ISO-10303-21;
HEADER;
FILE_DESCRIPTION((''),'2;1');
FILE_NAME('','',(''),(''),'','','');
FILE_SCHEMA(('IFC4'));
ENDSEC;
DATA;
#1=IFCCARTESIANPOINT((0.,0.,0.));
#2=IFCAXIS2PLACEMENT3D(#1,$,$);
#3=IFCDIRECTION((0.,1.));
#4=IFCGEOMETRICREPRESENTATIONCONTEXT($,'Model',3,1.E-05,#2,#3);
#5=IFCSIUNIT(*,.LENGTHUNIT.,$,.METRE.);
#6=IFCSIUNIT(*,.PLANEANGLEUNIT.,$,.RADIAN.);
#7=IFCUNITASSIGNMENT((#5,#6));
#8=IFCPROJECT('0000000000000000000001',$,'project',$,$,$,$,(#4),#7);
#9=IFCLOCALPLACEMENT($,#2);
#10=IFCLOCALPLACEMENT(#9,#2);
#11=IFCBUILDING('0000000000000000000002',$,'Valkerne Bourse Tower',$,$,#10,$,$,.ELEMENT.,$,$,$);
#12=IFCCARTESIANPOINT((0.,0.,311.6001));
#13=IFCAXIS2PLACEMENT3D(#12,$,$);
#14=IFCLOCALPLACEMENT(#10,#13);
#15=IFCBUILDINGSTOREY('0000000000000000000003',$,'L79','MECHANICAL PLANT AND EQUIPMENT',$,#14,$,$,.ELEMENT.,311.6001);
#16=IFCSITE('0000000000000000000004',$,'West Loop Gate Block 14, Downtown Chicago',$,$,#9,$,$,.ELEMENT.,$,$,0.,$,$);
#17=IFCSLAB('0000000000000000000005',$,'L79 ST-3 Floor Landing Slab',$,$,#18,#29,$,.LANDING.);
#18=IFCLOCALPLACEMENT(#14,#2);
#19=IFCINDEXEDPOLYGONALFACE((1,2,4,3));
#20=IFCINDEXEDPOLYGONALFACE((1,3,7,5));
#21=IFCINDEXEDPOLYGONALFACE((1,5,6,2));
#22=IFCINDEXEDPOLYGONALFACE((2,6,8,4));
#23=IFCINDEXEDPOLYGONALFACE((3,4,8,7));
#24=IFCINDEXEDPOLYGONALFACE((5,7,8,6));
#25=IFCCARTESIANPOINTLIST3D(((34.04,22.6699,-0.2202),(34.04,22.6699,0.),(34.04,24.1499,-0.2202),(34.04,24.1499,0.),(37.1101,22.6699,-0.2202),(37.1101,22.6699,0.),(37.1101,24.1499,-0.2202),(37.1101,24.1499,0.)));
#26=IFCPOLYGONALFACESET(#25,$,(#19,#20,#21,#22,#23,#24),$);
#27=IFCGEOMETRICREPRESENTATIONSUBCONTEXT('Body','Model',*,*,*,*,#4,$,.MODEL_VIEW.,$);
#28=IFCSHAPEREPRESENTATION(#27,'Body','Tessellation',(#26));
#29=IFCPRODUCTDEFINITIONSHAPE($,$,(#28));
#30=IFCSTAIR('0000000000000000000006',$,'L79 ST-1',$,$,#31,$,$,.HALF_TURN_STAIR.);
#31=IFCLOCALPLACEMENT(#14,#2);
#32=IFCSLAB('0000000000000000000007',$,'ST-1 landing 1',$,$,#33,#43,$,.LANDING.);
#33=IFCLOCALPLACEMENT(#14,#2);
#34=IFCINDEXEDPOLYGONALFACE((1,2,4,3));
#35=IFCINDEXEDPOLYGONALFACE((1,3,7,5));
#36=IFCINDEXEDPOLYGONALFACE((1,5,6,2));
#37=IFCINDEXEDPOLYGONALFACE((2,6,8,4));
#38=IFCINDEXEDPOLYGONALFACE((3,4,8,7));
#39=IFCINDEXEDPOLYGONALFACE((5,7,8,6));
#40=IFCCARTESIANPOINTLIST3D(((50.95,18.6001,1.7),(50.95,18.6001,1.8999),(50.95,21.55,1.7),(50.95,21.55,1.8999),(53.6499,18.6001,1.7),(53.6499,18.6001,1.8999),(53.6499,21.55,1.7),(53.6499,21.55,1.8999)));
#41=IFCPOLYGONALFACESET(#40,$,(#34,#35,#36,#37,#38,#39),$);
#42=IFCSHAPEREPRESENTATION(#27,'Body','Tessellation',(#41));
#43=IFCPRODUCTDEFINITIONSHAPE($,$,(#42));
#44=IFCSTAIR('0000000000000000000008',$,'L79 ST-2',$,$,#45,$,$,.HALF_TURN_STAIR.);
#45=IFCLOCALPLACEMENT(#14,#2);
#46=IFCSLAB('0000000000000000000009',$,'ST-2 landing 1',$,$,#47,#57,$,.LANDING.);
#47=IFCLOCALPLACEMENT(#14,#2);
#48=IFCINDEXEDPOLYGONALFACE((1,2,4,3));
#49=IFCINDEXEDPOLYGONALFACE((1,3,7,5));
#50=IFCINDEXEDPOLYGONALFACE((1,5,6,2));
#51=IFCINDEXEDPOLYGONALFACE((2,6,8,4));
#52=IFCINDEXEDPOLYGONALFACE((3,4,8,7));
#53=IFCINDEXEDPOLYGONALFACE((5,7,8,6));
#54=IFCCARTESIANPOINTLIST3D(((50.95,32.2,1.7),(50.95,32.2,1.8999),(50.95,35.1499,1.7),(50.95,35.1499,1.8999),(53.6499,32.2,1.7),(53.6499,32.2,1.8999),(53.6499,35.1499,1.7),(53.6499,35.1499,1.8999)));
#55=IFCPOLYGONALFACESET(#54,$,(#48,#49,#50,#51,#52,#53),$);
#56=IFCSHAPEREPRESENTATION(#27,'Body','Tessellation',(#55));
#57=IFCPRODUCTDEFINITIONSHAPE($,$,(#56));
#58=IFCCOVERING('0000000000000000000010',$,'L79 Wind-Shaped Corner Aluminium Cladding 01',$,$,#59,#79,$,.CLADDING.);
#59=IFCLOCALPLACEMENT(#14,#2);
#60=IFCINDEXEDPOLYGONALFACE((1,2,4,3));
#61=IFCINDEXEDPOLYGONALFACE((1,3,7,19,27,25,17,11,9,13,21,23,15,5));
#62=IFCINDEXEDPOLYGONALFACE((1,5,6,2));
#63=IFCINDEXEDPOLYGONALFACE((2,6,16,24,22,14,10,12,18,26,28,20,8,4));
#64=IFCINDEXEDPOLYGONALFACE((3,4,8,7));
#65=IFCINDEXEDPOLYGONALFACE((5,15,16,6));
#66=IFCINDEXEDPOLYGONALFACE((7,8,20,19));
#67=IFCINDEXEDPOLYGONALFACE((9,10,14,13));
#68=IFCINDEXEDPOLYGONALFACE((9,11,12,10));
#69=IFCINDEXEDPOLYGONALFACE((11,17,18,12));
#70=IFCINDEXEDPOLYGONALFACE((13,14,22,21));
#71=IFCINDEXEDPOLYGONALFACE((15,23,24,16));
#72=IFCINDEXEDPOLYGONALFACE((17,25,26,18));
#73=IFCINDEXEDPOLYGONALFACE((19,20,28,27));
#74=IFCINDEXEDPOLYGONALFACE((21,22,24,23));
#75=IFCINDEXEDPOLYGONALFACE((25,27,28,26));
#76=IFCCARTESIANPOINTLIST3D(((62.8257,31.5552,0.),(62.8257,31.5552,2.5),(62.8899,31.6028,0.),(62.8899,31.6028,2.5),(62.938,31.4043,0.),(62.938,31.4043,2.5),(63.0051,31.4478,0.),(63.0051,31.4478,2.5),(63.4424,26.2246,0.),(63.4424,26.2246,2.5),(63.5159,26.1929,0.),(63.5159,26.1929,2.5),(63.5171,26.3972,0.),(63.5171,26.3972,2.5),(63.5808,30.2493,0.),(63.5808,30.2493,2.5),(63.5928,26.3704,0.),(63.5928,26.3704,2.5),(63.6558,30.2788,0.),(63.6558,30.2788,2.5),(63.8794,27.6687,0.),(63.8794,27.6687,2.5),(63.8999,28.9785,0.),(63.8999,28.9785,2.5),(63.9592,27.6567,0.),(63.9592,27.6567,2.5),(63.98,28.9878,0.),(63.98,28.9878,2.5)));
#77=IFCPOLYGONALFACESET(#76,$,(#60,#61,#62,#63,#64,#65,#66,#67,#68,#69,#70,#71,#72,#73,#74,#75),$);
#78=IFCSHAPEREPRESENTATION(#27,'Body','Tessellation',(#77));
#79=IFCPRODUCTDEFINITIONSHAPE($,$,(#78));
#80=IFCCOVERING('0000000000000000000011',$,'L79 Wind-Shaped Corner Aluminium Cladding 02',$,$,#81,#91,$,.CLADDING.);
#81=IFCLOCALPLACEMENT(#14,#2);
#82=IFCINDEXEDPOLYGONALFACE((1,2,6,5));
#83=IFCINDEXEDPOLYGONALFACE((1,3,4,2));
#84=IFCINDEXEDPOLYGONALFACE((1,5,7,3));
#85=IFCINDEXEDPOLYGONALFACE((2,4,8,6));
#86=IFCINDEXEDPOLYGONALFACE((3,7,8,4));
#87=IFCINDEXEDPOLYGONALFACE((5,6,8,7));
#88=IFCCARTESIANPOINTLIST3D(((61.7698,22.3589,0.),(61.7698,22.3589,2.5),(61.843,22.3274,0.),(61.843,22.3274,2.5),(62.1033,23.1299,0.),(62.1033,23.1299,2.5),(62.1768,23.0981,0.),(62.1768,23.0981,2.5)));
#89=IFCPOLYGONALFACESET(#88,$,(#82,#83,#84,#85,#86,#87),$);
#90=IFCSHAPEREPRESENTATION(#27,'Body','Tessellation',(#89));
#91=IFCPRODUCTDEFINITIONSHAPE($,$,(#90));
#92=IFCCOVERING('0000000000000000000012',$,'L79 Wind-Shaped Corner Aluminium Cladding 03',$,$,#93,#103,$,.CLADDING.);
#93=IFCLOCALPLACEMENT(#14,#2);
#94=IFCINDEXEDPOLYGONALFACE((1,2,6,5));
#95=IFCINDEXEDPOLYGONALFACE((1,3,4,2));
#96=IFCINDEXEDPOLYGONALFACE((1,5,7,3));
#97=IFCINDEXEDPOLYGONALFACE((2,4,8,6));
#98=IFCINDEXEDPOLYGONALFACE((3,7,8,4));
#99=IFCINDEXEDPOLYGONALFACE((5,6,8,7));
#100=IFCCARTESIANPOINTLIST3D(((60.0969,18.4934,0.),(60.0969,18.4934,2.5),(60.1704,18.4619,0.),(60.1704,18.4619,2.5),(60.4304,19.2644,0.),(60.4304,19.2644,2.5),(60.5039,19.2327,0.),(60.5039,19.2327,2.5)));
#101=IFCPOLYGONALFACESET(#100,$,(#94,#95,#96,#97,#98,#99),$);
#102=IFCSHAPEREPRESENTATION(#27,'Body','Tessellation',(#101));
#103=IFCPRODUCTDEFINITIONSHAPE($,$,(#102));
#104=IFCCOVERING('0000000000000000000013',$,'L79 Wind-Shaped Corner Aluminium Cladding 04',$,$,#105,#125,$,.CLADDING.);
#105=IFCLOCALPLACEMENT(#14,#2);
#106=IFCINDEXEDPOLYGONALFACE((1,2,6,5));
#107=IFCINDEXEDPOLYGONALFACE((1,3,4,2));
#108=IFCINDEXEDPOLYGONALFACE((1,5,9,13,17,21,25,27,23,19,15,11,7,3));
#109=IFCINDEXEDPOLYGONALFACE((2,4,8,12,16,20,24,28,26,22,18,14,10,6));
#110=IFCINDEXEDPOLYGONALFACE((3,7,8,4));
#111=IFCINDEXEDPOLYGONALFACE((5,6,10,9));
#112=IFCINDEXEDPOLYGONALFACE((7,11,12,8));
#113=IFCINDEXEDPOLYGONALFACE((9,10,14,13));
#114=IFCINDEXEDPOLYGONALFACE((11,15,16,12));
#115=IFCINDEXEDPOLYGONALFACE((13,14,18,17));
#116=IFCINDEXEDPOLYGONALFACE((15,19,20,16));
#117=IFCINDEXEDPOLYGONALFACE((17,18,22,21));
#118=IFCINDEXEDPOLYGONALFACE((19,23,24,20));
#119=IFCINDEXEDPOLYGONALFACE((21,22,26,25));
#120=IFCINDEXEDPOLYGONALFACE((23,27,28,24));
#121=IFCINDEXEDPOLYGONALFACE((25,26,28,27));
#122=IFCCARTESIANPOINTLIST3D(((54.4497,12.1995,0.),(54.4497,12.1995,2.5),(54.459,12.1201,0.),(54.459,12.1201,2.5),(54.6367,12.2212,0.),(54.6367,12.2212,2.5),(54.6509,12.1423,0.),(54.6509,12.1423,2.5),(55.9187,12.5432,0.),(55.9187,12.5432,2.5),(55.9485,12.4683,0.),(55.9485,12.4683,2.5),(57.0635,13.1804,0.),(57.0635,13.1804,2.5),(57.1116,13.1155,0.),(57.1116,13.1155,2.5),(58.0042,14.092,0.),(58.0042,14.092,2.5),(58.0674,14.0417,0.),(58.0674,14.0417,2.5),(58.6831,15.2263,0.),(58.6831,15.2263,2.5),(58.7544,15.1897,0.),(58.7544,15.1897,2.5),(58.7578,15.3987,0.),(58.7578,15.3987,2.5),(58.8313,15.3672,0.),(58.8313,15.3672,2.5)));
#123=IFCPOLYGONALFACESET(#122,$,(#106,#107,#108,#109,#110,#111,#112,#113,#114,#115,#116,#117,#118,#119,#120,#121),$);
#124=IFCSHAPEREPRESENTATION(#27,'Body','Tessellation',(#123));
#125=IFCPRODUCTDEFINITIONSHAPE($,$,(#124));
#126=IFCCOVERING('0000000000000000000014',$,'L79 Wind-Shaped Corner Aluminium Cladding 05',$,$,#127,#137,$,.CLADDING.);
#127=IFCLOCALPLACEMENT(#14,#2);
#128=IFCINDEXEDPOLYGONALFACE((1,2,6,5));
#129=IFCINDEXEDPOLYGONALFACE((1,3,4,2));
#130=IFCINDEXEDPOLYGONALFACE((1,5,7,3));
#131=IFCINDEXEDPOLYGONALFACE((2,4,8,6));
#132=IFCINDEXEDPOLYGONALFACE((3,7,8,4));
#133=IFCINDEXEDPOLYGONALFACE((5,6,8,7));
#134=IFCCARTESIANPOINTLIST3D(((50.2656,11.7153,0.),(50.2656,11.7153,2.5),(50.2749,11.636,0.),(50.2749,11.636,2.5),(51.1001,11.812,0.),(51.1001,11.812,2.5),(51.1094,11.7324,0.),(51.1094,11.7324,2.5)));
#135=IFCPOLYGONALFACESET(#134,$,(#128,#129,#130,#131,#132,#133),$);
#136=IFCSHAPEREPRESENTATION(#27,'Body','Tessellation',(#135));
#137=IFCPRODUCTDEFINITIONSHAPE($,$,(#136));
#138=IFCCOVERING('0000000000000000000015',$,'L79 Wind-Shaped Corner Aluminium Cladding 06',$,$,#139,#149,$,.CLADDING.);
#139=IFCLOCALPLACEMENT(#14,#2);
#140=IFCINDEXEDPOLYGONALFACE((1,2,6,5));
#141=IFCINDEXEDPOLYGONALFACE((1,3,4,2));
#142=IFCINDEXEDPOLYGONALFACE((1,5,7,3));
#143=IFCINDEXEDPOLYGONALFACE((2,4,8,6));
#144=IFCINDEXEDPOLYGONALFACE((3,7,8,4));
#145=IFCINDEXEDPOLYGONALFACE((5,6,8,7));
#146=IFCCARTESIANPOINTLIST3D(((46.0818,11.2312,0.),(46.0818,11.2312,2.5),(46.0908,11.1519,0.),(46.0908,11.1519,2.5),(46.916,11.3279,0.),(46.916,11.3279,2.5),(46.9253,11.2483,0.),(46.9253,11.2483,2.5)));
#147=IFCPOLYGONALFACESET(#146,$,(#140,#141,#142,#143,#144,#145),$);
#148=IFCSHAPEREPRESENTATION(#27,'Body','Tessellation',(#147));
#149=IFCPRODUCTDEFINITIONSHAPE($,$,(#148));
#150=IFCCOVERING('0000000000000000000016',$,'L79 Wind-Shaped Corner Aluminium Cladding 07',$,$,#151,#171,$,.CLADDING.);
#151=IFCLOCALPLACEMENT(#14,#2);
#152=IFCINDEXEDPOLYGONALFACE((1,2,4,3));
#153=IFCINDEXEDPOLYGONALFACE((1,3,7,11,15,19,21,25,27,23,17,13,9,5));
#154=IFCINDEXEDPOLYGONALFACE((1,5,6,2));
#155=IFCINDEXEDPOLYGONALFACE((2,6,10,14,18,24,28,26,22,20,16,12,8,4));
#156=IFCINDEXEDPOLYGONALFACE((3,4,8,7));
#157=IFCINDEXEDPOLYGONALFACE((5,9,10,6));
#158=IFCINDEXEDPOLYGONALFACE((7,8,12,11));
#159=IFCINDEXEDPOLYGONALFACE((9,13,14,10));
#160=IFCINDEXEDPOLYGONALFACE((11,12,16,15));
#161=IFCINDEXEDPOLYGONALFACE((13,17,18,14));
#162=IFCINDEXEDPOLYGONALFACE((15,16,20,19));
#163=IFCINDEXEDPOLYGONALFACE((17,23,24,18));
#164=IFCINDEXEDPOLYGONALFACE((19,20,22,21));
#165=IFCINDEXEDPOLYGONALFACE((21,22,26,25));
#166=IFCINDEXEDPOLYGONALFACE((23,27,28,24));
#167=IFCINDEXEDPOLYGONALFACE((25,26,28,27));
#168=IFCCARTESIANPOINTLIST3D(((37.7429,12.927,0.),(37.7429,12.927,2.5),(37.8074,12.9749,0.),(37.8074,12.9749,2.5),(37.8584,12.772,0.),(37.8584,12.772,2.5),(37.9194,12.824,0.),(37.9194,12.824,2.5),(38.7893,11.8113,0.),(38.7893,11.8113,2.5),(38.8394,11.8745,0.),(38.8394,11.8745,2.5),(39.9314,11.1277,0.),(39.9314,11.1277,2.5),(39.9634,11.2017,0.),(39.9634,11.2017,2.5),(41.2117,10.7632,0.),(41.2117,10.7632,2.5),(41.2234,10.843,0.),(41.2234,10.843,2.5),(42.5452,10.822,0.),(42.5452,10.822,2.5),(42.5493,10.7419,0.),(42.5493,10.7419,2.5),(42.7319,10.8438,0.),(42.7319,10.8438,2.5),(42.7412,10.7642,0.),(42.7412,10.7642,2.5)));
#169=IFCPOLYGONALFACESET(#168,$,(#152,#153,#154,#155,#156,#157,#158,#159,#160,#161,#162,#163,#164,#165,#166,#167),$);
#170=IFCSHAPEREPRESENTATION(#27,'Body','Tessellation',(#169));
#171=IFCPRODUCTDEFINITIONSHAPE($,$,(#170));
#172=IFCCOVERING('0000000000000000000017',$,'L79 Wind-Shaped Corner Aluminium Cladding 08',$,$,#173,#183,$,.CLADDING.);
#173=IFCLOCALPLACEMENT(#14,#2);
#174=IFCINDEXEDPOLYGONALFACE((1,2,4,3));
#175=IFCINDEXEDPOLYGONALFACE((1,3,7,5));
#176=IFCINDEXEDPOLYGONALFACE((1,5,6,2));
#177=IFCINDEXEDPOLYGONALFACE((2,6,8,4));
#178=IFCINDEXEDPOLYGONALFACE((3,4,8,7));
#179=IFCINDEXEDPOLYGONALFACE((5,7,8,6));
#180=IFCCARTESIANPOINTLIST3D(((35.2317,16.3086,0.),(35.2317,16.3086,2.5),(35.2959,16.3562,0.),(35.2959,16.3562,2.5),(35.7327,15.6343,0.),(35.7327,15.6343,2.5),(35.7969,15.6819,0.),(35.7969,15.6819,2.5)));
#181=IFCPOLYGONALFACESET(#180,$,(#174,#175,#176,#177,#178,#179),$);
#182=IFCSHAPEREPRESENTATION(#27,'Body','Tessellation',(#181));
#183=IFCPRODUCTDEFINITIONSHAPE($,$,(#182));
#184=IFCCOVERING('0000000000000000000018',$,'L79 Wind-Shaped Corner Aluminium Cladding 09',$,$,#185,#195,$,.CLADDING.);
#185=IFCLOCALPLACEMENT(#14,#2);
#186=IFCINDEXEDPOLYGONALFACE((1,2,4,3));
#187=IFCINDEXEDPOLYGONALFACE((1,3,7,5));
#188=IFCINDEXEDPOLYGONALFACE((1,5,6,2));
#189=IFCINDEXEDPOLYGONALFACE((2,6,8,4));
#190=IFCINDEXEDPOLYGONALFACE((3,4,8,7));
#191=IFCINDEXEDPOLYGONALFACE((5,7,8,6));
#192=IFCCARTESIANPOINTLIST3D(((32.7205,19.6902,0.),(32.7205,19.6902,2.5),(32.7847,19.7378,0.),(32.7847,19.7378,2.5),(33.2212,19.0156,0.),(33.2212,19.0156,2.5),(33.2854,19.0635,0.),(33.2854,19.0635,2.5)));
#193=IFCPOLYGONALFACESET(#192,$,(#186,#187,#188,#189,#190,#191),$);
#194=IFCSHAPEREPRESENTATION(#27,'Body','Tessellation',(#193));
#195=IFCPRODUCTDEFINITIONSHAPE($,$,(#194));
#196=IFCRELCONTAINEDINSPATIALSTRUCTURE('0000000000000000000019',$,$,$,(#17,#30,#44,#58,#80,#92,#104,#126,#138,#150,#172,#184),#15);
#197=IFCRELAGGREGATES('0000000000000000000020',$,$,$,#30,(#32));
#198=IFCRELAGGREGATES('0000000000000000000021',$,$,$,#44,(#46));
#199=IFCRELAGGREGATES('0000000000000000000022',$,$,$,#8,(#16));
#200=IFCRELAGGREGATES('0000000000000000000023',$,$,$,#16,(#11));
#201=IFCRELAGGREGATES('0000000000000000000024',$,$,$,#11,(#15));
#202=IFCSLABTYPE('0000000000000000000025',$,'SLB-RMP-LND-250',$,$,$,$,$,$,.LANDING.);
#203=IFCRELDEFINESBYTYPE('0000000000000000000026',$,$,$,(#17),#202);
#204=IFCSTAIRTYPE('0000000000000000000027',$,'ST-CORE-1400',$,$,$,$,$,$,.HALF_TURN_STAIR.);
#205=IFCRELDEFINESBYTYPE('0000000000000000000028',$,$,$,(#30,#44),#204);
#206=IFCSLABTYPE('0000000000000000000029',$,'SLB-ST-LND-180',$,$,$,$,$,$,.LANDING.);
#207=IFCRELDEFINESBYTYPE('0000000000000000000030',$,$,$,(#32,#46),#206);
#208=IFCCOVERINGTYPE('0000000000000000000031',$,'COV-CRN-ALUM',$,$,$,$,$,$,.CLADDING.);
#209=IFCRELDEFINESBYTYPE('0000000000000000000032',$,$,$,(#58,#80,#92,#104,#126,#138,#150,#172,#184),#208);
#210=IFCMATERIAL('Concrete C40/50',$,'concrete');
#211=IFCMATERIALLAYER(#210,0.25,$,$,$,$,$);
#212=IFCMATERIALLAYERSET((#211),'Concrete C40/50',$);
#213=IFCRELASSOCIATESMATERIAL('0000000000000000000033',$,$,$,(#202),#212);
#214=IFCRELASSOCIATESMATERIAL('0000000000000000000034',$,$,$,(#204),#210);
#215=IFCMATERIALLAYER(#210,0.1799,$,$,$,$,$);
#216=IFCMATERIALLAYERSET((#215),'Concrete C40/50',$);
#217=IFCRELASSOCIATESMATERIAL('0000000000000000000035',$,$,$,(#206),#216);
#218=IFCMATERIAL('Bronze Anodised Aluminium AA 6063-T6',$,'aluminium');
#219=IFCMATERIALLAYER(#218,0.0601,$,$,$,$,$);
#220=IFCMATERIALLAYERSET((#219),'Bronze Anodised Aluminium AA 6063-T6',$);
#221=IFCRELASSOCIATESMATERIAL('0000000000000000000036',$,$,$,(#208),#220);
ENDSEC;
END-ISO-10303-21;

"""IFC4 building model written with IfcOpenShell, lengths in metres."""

from ifc_helpers import new_model, si_unit, direction, frame, origin, place, context, subcontext, project, spatial, polyline, outline, extrude, material, layer, layer_set, type_object, element, aggregate, save


model = new_model("IFC4")

# Units and contexts
model_context = context("Model", 3, precision=1e-05, world=origin(), true_north=direction((0.0, 1.0)))
body_context = subcontext(model_context, "Body", "Model", "MODEL_VIEW")
ifc_project = project(units=[si_unit("LENGTHUNIT", "METRE"), si_unit("PLANEANGLEUNIT", "RADIAN")], contexts=[model_context])

# Site, building, storey
site_placement = place(None, origin())
site = spatial("IfcSite", under=ifc_project, at=site_placement, Name="West Loop Gate Block 14, Downtown Chicago", CompositionType="ELEMENT", RefElevation=0.0)
building_placement = place(site_placement, origin())
building = spatial("IfcBuilding", under=site, at=building_placement, Name="Valkerne Bourse Tower", CompositionType="ELEMENT")
storey_placement = place(building_placement, frame((0.0, 0.0, 311.6001)))
storey = spatial("IfcBuildingStorey", under=building, at=storey_placement, Name="L79", Description="MECHANICAL PLANT AND EQUIPMENT", CompositionType="ELEMENT", Elevation=311.6001)

# Shared definitions
ifc_material_1 = material(Name="Bronze Anodised Aluminium AA 6063-T6", Category="aluminium")

# Slab
ifc_material_2 = material(Name="Concrete C40/50", Category="concrete")
ifc_layer_1 = layer(ifc_material_2, 0.25)
ifc_layer_set_1 = layer_set([ifc_layer_1], Name="Concrete C40/50")
slab_type_1 = type_object("IfcSlabType", Name="SLB-RMP-LND-250", PredefinedType="LANDING", material=ifc_layer_set_1)
slab_1_placement = place(storey_placement, frame((0.0, 0.0, -0.2202)))
element("IfcSlab", 1, at=slab_1_placement, inside=storey, type_object=slab_type_1, Name="L79 ST-3 Floor Landing Slab", PredefinedType="LANDING", context=body_context, shape_type="SweptSolid", body=[
    extrude(outline(polyline([(37.1101, 22.6699), (37.1101, 24.1499), (34.04, 24.1499), (34.04, 22.6699), (37.1101, 22.6699)])), origin(), (0.0, 0.0, 1.0), 0.2202),
])

# Stairs, slabs
stair_type = type_object("IfcStairType", Name="ST-CORE-1400", PredefinedType="HALF_TURN_STAIR", material=ifc_material_2)
stair_1_placement = place(storey_placement, origin())
stair_1 = element("IfcStair", 2, at=stair_1_placement, inside=storey, type_object=stair_type, Name="L79 ST-1", PredefinedType="HALF_TURN_STAIR")
ifc_layer_2 = layer(ifc_material_2, 0.1799)
ifc_layer_set_2 = layer_set([ifc_layer_2], Name="Concrete C40/50")
slab_type_2 = type_object("IfcSlabType", Name="SLB-ST-LND-180", PredefinedType="LANDING", material=ifc_layer_set_2)
slab_2_placement = place(storey_placement, frame((0.0, 0.0, 1.7)))
slab_2 = element("IfcSlab", 3, at=slab_2_placement, type_object=slab_type_2, Name="ST-1 landing 1", PredefinedType="LANDING", context=body_context, shape_type="SweptSolid", body=[
    extrude(outline(polyline([(50.95, 18.6001), (53.6499, 18.6001), (53.6499, 21.55), (50.95, 21.55), (50.95, 18.6001)])), origin(), (0.0, 0.0, 1.0), 0.2),
])
aggregate(stair_1, [slab_2])
stair_2_placement = place(storey_placement, origin())
stair_2 = element("IfcStair", 4, at=stair_2_placement, inside=storey, type_object=stair_type, Name="L79 ST-2", PredefinedType="HALF_TURN_STAIR")
slab_3_placement = place(storey_placement, frame((0.0, 0.0, 1.7)))
slab_3 = element("IfcSlab", 5, at=slab_3_placement, type_object=slab_type_2, Name="ST-2 landing 1", PredefinedType="LANDING", context=body_context, shape_type="SweptSolid", body=[
    extrude(outline(polyline([(50.95, 32.2), (53.6499, 32.2), (53.6499, 35.1499), (50.95, 35.1499), (50.95, 32.2)])), origin(), (0.0, 0.0, 1.0), 0.2),
])
aggregate(stair_2, [slab_3])

# Coverings
ifc_layer_3 = layer(ifc_material_1, 0.0601)
ifc_layer_set_3 = layer_set([ifc_layer_3], Name="Bronze Anodised Aluminium AA 6063-T6")
covering_type_1 = type_object("IfcCoveringType", Name="COV-CRN-ALUM", PredefinedType="CLADDING", material=ifc_layer_set_3)
covering_1_placement = place(storey_placement, origin())
element("IfcCovering", 6, at=covering_1_placement, inside=storey, type_object=covering_type_1, Name="L79 Wind-Shaped Corner Aluminium Cladding 01", PredefinedType="CLADDING", context=body_context, shape_type="SweptSolid", body=[
    extrude(outline(polyline([(63.6558, 30.2788), (63.98, 28.9878), (63.9592, 27.6567), (63.5928, 26.3704), (63.5159, 26.1929), (63.4424, 26.2246), (63.5171, 26.3972), (63.8794, 27.6687), (63.8999, 28.9785), (63.5808, 30.2493), (62.938, 31.4043), (62.8257, 31.5552), (62.8899, 31.6028), (63.0051, 31.4478), (63.6558, 30.2788)])), origin(), (0.0, 0.0, 1.0), 2.5),
])
covering_2_placement = place(storey_placement, origin())
element("IfcCovering", 7, at=covering_2_placement, inside=storey, type_object=covering_type_1, Name="L79 Wind-Shaped Corner Aluminium Cladding 02", PredefinedType="CLADDING", context=body_context, shape_type="SweptSolid", body=[
    extrude(outline(polyline([(61.843, 22.3274), (61.7698, 22.3589), (62.1033, 23.1299), (62.1768, 23.0981), (61.843, 22.3274)])), origin(), (0.0, 0.0, 1.0), 2.5),
])
covering_3_placement = place(storey_placement, origin())
element("IfcCovering", 8, at=covering_3_placement, inside=storey, type_object=covering_type_1, Name="L79 Wind-Shaped Corner Aluminium Cladding 03", PredefinedType="CLADDING", context=body_context, shape_type="SweptSolid", body=[
    extrude(outline(polyline([(60.1704, 18.4619), (60.0969, 18.4934), (60.4304, 19.2644), (60.5039, 19.2327), (60.1704, 18.4619)])), origin(), (0.0, 0.0, 1.0), 2.5),
])
covering_4_placement = place(storey_placement, origin())
element("IfcCovering", 9, at=covering_4_placement, inside=storey, type_object=covering_type_1, Name="L79 Wind-Shaped Corner Aluminium Cladding 04", PredefinedType="CLADDING", context=body_context, shape_type="SweptSolid", body=[
    extrude(outline(polyline([(58.7544, 15.1897), (58.0674, 14.0417), (57.1116, 13.1155), (55.9485, 12.4683), (54.6509, 12.1423), (54.459, 12.1201), (54.4497, 12.1995), (54.6367, 12.2212), (55.9187, 12.5432), (57.0635, 13.1804), (58.0042, 14.092), (58.6831, 15.2263), (58.7578, 15.3987), (58.8313, 15.3672), (58.7544, 15.1897)])), origin(), (0.0, 0.0, 1.0), 2.5),
])
covering_5_placement = place(storey_placement, origin())
element("IfcCovering", 10, at=covering_5_placement, inside=storey, type_object=covering_type_1, Name="L79 Wind-Shaped Corner Aluminium Cladding 05", PredefinedType="CLADDING", context=body_context, shape_type="SweptSolid", body=[
    extrude(outline(polyline([(50.2749, 11.636), (50.2656, 11.7153), (51.1001, 11.812), (51.1094, 11.7324), (50.2749, 11.636)])), origin(), (0.0, 0.0, 1.0), 2.5),
])
covering_6_placement = place(storey_placement, origin())
element("IfcCovering", 11, at=covering_6_placement, inside=storey, type_object=covering_type_1, Name="L79 Wind-Shaped Corner Aluminium Cladding 06", PredefinedType="CLADDING", context=body_context, shape_type="SweptSolid", body=[
    extrude(outline(polyline([(46.0908, 11.1519), (46.0818, 11.2312), (46.916, 11.3279), (46.9253, 11.2483), (46.0908, 11.1519)])), origin(), (0.0, 0.0, 1.0), 2.5),
])
covering_7_placement = place(storey_placement, origin())
element("IfcCovering", 12, at=covering_7_placement, inside=storey, type_object=covering_type_1, Name="L79 Wind-Shaped Corner Aluminium Cladding 07", PredefinedType="CLADDING", context=body_context, shape_type="SweptSolid", body=[
    extrude(outline(polyline([(42.5493, 10.7419), (41.2117, 10.7632), (39.9314, 11.1277), (38.7893, 11.8113), (37.8584, 12.772), (37.7429, 12.927), (37.8074, 12.9749), (37.9194, 12.824), (38.8394, 11.8745), (39.9634, 11.2017), (41.2234, 10.843), (42.5452, 10.822), (42.7319, 10.8438), (42.7412, 10.7642), (42.5493, 10.7419)])), origin(), (0.0, 0.0, 1.0), 2.5),
])
covering_8_placement = place(storey_placement, origin())
element("IfcCovering", 13, at=covering_8_placement, inside=storey, type_object=covering_type_1, Name="L79 Wind-Shaped Corner Aluminium Cladding 08", PredefinedType="CLADDING", context=body_context, shape_type="SweptSolid", body=[
    extrude(outline(polyline([(35.2317, 16.3086), (35.2959, 16.3562), (35.7969, 15.6819), (35.7327, 15.6343), (35.2317, 16.3086)])), origin(), (0.0, 0.0, 1.0), 2.5),
])
covering_9_placement = place(storey_placement, origin())
element("IfcCovering", 14, at=covering_9_placement, inside=storey, type_object=covering_type_1, Name="L79 Wind-Shaped Corner Aluminium Cladding 09", PredefinedType="CLADDING", context=body_context, shape_type="SweptSolid", body=[
    extrude(outline(polyline([(32.7205, 19.6902), (32.7847, 19.7378), (33.2854, 19.0635), (33.2212, 19.0156), (32.7205, 19.6902)])), origin(), (0.0, 0.0, 1.0), 2.5),
])

save(model, "model.ifc")
